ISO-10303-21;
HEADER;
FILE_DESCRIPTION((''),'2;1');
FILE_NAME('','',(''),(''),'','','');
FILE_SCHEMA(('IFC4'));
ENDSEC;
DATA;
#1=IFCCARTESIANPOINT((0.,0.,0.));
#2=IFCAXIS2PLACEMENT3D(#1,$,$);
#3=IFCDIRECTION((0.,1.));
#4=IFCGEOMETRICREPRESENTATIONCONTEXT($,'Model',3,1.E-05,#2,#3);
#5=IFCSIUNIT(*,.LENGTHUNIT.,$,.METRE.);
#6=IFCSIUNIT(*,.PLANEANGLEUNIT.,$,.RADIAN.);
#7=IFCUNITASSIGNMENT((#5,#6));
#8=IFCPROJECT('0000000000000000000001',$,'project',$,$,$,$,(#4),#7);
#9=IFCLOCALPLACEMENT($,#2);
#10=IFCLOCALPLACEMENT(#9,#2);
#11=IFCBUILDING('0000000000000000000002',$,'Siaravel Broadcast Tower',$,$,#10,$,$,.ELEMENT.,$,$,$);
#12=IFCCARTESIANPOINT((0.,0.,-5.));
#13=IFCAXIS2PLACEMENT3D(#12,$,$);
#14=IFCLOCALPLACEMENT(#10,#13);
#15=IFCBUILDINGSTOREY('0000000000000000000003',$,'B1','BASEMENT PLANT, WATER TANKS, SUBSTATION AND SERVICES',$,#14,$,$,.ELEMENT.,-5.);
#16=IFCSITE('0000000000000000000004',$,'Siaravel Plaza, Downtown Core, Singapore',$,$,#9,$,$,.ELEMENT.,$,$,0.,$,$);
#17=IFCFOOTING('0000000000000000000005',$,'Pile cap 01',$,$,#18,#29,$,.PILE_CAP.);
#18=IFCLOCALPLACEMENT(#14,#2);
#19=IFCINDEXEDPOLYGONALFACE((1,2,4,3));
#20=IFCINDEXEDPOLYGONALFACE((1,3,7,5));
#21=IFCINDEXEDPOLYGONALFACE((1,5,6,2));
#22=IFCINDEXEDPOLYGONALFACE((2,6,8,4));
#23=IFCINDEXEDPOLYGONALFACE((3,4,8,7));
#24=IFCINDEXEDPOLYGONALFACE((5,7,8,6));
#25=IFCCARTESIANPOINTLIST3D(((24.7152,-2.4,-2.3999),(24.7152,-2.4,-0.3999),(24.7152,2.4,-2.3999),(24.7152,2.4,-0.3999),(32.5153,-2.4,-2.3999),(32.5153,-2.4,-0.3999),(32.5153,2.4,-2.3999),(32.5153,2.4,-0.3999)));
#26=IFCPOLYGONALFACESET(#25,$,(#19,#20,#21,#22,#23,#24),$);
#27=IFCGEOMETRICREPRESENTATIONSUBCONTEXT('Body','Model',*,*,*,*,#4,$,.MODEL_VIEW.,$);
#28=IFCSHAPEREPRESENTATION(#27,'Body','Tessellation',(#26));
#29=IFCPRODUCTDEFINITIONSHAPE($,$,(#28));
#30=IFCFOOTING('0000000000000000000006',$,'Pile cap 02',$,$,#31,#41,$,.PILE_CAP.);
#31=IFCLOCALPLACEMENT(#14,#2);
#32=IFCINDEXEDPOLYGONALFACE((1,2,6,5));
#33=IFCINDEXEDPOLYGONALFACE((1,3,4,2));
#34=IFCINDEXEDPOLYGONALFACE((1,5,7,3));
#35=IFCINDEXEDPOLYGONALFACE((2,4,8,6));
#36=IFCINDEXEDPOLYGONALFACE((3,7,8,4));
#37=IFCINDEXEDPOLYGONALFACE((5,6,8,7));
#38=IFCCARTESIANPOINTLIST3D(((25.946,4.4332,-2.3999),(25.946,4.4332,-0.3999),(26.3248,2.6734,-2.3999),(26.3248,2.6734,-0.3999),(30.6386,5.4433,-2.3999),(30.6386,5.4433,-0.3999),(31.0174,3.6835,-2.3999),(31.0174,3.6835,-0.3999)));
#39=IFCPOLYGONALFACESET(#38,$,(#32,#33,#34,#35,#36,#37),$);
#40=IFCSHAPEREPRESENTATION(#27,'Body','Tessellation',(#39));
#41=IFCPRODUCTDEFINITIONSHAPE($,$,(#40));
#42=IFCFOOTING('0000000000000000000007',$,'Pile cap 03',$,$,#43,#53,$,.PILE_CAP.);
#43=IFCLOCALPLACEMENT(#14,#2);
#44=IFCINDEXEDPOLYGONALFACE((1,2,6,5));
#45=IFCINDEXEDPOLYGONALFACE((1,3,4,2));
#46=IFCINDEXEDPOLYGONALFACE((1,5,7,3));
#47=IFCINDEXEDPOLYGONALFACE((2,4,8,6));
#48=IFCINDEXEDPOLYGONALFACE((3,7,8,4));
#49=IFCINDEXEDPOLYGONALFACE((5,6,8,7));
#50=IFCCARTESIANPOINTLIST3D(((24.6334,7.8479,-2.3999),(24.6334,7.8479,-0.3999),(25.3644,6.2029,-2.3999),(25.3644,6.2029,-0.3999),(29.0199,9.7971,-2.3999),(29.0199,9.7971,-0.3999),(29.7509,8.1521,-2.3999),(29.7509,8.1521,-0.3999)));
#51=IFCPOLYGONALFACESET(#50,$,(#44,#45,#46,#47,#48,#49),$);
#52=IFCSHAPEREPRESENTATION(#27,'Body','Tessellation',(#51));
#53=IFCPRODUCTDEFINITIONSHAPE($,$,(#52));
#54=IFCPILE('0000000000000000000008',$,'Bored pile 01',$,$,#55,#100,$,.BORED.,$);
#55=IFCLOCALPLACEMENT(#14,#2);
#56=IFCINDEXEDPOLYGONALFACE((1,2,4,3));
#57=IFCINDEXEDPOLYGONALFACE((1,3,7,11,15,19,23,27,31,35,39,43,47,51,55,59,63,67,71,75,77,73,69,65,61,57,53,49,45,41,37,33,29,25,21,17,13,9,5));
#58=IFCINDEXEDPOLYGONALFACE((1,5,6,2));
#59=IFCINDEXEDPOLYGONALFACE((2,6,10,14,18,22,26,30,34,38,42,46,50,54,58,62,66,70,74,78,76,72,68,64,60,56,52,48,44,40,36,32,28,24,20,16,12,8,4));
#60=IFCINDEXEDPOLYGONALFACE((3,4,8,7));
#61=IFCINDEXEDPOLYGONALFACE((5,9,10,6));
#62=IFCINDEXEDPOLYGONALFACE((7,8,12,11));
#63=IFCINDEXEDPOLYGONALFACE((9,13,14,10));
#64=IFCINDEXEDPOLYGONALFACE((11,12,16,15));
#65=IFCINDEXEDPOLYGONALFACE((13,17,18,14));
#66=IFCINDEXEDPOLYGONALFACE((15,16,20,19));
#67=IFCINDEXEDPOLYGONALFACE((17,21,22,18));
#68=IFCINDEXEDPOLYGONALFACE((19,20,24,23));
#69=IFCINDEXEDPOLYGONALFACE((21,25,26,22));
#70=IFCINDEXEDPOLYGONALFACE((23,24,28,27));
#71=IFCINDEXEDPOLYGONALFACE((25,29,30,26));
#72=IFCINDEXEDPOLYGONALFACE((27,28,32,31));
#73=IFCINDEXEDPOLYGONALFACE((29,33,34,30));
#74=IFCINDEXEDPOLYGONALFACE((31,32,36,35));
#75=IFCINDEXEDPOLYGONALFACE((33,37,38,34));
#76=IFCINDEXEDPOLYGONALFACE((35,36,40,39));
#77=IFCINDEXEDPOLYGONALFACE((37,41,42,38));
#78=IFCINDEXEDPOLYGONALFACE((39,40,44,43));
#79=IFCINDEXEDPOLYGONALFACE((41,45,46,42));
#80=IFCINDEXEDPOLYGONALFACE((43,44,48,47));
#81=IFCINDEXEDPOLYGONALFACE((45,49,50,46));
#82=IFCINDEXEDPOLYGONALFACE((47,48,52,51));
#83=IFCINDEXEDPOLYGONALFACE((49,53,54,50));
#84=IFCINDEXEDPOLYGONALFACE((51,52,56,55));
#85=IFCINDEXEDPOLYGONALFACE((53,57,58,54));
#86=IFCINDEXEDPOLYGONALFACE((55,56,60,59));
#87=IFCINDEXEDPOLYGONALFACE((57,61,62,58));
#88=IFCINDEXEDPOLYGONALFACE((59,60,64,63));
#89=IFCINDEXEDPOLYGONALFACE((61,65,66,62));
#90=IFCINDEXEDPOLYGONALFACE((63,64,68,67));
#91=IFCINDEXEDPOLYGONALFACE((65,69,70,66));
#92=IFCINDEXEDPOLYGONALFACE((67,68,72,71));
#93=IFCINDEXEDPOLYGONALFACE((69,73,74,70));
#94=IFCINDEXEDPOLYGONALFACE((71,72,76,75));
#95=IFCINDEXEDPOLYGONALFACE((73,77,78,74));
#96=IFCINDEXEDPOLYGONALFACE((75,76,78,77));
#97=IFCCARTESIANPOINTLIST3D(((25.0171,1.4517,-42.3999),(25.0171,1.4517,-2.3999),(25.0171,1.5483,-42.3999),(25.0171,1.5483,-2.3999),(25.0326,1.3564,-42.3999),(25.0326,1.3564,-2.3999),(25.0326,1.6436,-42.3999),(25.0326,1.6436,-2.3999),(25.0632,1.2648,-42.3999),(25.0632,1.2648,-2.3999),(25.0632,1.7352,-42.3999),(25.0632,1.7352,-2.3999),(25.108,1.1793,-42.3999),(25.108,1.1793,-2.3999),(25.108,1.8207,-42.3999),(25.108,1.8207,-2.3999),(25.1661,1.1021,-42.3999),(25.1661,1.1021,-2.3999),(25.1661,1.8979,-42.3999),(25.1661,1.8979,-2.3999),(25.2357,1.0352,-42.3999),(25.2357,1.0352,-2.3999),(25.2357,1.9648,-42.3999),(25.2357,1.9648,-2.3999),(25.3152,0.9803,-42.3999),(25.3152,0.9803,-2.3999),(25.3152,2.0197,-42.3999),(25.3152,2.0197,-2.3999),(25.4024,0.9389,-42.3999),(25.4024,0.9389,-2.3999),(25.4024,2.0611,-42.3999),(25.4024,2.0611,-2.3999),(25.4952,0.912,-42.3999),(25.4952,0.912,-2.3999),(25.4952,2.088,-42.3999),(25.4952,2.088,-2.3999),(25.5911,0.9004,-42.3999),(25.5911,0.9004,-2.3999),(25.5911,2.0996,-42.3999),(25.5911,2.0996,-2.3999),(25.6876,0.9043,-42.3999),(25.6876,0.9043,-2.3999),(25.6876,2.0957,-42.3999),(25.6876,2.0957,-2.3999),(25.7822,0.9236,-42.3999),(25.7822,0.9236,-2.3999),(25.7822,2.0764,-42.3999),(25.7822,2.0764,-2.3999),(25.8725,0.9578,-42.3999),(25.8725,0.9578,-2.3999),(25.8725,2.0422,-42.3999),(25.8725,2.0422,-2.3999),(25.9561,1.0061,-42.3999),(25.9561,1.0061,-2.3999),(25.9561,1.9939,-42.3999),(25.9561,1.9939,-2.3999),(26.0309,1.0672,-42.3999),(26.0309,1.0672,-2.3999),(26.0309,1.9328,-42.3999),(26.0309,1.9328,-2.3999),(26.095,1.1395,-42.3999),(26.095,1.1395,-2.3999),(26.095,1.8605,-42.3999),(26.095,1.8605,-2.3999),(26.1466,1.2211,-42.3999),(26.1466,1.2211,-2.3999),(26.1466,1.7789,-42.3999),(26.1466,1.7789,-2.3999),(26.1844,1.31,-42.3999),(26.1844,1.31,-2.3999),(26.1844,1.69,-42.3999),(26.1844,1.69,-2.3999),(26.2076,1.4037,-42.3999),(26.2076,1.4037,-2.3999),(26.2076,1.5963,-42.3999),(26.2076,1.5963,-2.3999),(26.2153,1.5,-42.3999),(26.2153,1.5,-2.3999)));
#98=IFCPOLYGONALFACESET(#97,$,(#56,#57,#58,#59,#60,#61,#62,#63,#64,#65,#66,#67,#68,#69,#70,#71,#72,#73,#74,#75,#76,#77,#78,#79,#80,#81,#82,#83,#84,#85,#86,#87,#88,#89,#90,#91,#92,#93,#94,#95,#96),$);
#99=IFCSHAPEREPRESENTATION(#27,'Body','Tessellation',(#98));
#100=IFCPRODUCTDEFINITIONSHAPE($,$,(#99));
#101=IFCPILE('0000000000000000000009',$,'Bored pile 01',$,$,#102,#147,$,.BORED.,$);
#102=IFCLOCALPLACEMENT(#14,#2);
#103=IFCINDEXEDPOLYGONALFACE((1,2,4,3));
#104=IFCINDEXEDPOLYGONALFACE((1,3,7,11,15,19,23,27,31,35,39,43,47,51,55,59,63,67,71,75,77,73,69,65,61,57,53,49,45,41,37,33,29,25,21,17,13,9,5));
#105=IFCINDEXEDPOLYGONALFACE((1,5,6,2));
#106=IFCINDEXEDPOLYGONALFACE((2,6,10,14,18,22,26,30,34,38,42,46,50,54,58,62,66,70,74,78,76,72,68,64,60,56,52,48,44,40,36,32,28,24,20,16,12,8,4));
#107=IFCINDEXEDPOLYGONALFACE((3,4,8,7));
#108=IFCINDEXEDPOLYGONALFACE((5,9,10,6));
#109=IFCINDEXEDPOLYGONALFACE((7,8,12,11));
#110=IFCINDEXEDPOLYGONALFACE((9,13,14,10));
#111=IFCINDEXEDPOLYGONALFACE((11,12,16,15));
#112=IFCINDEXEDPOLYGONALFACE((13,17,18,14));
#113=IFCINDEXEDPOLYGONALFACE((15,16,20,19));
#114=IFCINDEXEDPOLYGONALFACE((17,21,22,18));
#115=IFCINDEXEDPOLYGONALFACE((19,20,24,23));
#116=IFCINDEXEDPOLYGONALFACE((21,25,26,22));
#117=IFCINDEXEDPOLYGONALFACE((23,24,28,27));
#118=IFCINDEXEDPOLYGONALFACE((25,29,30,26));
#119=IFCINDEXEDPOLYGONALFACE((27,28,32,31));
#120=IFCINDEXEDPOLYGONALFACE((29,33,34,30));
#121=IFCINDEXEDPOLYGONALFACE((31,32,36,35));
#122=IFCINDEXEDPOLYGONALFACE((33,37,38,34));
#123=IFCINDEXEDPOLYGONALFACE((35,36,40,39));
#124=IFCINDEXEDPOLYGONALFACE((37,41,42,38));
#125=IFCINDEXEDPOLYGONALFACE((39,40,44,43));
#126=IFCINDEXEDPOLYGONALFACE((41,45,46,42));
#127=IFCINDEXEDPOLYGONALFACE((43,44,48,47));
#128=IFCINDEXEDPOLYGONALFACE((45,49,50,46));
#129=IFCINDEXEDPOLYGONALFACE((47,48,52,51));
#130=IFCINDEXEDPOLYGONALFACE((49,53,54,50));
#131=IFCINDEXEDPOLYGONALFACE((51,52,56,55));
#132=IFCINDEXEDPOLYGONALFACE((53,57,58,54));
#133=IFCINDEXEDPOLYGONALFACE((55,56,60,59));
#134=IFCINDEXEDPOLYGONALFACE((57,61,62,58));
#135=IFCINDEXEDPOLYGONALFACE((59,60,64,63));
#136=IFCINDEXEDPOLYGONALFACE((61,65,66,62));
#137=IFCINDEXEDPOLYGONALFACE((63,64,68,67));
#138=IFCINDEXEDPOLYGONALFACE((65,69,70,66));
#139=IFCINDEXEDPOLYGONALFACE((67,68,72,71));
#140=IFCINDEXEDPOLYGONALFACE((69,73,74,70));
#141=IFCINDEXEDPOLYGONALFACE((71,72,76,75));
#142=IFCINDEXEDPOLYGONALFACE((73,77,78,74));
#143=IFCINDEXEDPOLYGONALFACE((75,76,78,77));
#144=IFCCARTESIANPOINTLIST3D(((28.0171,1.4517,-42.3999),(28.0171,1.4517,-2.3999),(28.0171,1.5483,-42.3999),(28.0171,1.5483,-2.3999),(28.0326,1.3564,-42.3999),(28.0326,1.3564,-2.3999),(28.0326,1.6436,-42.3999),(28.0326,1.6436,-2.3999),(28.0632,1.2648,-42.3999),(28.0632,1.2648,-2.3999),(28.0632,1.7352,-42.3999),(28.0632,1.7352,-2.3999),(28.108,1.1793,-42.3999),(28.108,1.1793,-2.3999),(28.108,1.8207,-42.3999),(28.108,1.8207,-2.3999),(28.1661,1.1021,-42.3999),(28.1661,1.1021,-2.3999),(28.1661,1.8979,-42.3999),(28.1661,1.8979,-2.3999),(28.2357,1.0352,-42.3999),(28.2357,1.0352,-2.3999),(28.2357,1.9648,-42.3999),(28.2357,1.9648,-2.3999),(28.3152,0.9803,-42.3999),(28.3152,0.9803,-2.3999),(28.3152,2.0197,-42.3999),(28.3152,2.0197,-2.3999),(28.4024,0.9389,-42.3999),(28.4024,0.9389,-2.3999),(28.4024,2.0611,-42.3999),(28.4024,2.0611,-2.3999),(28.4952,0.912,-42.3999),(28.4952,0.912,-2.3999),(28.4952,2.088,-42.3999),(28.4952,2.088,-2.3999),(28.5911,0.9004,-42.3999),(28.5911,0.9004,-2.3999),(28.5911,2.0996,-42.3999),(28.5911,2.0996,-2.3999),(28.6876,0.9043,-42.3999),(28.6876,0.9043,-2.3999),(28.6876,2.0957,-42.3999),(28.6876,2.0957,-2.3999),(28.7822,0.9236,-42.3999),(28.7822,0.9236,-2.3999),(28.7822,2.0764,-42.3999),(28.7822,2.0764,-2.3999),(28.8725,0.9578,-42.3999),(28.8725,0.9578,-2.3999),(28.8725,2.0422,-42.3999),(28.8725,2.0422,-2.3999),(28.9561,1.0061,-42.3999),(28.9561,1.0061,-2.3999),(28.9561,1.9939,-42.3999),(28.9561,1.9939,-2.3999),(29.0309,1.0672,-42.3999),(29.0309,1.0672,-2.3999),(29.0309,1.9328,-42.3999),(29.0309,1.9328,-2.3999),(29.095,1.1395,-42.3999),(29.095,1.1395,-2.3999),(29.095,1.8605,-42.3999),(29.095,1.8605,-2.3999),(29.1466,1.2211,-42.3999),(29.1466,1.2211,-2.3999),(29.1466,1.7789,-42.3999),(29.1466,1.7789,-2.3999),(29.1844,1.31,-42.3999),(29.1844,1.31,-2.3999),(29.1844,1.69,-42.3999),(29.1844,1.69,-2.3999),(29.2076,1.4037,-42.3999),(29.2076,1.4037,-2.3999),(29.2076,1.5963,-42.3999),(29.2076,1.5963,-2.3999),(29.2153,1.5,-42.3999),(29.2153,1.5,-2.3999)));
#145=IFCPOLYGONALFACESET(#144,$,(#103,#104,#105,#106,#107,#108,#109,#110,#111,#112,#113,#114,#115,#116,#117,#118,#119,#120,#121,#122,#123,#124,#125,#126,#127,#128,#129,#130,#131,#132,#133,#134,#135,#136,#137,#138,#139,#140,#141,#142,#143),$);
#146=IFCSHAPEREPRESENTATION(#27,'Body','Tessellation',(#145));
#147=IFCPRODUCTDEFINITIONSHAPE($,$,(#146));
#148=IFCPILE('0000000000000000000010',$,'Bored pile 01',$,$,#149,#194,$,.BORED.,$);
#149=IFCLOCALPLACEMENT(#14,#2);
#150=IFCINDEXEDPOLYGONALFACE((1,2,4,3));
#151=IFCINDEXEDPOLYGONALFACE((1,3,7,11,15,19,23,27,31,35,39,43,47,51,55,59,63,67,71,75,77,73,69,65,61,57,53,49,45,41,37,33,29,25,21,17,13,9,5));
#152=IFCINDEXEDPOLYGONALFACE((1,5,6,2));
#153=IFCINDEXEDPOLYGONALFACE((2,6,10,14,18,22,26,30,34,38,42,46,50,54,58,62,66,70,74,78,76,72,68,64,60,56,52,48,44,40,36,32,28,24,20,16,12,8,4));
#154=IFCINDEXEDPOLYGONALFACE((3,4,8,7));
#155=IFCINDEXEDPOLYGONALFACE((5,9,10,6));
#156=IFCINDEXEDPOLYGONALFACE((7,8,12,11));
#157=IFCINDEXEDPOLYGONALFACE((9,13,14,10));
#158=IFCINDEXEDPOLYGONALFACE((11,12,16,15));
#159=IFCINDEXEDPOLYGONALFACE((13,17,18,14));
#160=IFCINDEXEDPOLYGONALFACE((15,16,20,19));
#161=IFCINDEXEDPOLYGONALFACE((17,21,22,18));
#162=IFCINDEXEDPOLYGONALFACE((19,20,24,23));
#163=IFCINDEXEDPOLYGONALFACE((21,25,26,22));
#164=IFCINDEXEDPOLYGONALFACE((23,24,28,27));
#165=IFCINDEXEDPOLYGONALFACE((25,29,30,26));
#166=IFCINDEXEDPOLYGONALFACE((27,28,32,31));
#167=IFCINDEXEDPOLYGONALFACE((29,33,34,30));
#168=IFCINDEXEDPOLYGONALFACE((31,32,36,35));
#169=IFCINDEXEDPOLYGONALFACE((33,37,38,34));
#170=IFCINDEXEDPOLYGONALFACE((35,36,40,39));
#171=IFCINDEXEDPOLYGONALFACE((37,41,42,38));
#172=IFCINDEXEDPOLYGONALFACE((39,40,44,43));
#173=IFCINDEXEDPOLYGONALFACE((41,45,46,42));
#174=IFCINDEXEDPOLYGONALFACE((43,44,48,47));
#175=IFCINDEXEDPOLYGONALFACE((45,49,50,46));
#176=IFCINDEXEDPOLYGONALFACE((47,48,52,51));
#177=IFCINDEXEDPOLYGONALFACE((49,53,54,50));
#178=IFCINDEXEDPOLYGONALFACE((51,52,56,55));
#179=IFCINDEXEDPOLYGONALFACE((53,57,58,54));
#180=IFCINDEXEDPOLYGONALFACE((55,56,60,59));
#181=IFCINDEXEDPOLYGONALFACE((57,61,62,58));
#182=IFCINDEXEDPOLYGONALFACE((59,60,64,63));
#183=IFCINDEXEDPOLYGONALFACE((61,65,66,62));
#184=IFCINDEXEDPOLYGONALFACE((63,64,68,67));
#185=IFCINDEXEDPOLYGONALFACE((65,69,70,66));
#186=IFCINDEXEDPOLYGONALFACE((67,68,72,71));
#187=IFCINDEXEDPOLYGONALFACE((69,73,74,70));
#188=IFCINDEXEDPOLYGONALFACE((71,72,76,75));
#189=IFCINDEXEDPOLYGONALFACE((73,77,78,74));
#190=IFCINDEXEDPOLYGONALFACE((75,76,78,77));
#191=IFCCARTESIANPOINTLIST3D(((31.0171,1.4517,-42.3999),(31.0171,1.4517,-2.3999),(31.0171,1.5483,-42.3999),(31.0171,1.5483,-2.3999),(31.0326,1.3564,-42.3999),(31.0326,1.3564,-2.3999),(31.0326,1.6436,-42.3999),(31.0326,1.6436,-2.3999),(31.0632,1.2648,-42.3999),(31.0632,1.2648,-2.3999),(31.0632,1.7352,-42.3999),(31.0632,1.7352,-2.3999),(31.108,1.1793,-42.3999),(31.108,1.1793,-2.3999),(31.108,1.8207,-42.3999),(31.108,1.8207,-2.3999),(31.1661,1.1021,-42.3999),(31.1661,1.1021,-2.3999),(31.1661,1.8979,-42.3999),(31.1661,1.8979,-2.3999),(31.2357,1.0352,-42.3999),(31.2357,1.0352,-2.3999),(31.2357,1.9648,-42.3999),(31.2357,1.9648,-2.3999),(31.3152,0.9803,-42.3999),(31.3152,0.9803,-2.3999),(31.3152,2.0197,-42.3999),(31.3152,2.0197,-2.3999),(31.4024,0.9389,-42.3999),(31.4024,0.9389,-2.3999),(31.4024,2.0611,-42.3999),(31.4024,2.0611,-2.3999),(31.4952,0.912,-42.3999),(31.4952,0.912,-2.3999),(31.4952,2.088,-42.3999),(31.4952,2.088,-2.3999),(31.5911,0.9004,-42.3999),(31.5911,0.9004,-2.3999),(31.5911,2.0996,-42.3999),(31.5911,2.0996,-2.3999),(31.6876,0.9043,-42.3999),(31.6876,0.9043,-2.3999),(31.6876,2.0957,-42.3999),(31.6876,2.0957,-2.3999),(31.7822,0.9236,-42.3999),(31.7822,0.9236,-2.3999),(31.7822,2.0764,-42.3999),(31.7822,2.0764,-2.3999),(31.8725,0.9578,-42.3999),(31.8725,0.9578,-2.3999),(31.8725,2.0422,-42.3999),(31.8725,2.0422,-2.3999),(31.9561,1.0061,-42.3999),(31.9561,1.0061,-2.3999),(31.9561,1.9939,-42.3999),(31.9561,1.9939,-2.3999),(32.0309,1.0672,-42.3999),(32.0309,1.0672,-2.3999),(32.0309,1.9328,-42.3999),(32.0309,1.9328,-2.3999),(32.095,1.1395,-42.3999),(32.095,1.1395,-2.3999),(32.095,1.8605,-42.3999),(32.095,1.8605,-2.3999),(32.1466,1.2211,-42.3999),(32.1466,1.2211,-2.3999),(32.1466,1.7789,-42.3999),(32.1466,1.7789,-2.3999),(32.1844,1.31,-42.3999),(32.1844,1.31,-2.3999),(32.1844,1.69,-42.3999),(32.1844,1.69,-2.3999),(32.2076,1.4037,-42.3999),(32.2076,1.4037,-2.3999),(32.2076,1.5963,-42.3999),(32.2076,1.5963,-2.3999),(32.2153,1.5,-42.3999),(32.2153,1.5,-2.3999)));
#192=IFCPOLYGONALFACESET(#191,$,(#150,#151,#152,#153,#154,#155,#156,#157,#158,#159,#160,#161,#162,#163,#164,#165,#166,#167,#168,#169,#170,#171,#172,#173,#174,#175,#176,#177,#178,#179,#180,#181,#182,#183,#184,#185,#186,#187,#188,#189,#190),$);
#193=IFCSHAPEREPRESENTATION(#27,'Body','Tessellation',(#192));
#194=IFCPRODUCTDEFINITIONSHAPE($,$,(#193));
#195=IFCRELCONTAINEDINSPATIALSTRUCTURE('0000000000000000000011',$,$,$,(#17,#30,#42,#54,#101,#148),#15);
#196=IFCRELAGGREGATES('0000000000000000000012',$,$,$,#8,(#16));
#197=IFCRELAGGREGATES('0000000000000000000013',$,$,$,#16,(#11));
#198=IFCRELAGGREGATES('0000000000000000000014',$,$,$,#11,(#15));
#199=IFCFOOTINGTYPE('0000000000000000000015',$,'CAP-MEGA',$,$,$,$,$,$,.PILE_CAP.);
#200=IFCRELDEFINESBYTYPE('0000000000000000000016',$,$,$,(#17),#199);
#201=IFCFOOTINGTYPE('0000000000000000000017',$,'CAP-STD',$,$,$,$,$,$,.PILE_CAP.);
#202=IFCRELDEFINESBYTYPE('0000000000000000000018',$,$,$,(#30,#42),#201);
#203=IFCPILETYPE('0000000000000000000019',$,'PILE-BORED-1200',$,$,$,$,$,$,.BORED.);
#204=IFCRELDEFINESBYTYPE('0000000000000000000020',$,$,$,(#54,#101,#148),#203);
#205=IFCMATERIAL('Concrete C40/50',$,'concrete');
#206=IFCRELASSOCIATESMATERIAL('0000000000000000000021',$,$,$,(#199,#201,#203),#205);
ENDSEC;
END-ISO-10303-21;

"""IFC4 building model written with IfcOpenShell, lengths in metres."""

from ifc_helpers import new_model, si_unit, direction, frame, origin, origin_2d, place, context, subcontext, project, spatial, rectangle, circle, extrude, material, material_profile, profile_set, type_object, element, save


model = new_model("IFC4")

# Units and contexts
model_context = context("Model", 3, precision=1e-05, world=origin(), true_north=direction((0.0, 1.0)))
body_context = subcontext(model_context, "Body", "Model", "MODEL_VIEW")
ifc_project = project(units=[si_unit("LENGTHUNIT", "METRE"), si_unit("PLANEANGLEUNIT", "RADIAN")], contexts=[model_context])

# Site, building, storey
site_placement = place(None, origin())
site = spatial("IfcSite", under=ifc_project, at=site_placement, Name="Siaravel Plaza, Downtown Core, Singapore", CompositionType="ELEMENT", RefElevation=0.0)
building_placement = place(site_placement, origin())
building = spatial("IfcBuilding", under=site, at=building_placement, Name="Siaravel Broadcast Tower", CompositionType="ELEMENT")
storey_placement = place(building_placement, frame((0.0, 0.0, -5.0)))
storey = spatial("IfcBuildingStorey", under=building, at=storey_placement, Name="B1", Description="BASEMENT PLANT, WATER TANKS, SUBSTATION AND SERVICES", CompositionType="ELEMENT", Elevation=-5.0)

# Footings
ifc_material_1 = material(Name="Concrete C40/50", Category="concrete")
footing_type_1 = type_object("IfcFootingType", Name="CAP-MEGA", PredefinedType="PILE_CAP", material=ifc_material_1)
footing_placement = place(storey_placement, frame((28.6152, 0.0, -2.3999), z_axis=(0.0, 0.0, 1.0), x_axis=(1.0, 0.0, 0.0)))
element("IfcFooting", 1, at=footing_placement, inside=storey, type_object=footing_type_1, Name="Pile cap 01", PredefinedType="PILE_CAP", context=body_context, shape_type="SweptSolid", body=[
    extrude(rectangle(XDim=7.8, YDim=4.8, at=origin_2d()), origin(), (0.0, 0.0, 1.0), 2.0),
])
footing_type_2 = type_object("IfcFootingType", Name="CAP-STD", PredefinedType="PILE_CAP", material=ifc_material_1)
for number, where, z_axis, x_axis, name in (
    (2, (28.4817, 4.0583, -2.3999), (0.0, 0.0, 1.0), (0.977607, 0.210438, 0.0), "Pile cap 02"),
    (3, (27.1921, 8.0, -2.3999), (0.0, 0.0, 1.0), (0.913843, 0.406067, 0.0), "Pile cap 03"),
):
    element("IfcFooting", number, at=place(storey_placement, frame(where, z_axis=z_axis, x_axis=x_axis)), inside=storey, type_object=footing_type_2, Name=name, PredefinedType="PILE_CAP", context=body_context, shape_type="SweptSolid", body=[
        extrude(rectangle(XDim=4.8, YDim=1.8, at=origin_2d()), origin(), (0.0, 0.0, 1.0), 2.0),
    ])

# Piles
ifc_material_profile_1 = material_profile(ifc_material_1, circle(Radius=0.6001, at=origin_2d()))
ifc_profile_set_1 = profile_set([ifc_material_profile_1], Name="Concrete C40/50")
pile_type_1 = type_object("IfcPileType", Name="PILE-BORED-1200", PredefinedType="BORED", material=ifc_profile_set_1)
for number, where, z_axis, x_axis, name in (
    (4, (25.6152, 1.5, -2.3999), (0.0, 0.0, -1.0), (1.0, 0.0, 0.0), "Bored pile 01"),
    (5, (28.6152, 1.5, -2.3999), (0.0, 0.0, -1.0), (1.0, 0.0, 0.0), "Bored pile 01"),
    (6, (31.6152, 1.5, -2.3999), (0.0, 0.0, -1.0), (1.0, 0.0, 0.0), "Bored pile 01"),
):
    element("IfcPile", number, at=place(storey_placement, frame(where, z_axis=z_axis, x_axis=x_axis)), inside=storey, type_object=pile_type_1, Name=name, PredefinedType="BORED", context=body_context, shape_type="SweptSolid", body=[
        extrude(circle(Radius=0.6001, at=origin_2d()), origin(), (0.0, 0.0, 1.0), 40.0),
    ])

save(model, "model.ifc")
